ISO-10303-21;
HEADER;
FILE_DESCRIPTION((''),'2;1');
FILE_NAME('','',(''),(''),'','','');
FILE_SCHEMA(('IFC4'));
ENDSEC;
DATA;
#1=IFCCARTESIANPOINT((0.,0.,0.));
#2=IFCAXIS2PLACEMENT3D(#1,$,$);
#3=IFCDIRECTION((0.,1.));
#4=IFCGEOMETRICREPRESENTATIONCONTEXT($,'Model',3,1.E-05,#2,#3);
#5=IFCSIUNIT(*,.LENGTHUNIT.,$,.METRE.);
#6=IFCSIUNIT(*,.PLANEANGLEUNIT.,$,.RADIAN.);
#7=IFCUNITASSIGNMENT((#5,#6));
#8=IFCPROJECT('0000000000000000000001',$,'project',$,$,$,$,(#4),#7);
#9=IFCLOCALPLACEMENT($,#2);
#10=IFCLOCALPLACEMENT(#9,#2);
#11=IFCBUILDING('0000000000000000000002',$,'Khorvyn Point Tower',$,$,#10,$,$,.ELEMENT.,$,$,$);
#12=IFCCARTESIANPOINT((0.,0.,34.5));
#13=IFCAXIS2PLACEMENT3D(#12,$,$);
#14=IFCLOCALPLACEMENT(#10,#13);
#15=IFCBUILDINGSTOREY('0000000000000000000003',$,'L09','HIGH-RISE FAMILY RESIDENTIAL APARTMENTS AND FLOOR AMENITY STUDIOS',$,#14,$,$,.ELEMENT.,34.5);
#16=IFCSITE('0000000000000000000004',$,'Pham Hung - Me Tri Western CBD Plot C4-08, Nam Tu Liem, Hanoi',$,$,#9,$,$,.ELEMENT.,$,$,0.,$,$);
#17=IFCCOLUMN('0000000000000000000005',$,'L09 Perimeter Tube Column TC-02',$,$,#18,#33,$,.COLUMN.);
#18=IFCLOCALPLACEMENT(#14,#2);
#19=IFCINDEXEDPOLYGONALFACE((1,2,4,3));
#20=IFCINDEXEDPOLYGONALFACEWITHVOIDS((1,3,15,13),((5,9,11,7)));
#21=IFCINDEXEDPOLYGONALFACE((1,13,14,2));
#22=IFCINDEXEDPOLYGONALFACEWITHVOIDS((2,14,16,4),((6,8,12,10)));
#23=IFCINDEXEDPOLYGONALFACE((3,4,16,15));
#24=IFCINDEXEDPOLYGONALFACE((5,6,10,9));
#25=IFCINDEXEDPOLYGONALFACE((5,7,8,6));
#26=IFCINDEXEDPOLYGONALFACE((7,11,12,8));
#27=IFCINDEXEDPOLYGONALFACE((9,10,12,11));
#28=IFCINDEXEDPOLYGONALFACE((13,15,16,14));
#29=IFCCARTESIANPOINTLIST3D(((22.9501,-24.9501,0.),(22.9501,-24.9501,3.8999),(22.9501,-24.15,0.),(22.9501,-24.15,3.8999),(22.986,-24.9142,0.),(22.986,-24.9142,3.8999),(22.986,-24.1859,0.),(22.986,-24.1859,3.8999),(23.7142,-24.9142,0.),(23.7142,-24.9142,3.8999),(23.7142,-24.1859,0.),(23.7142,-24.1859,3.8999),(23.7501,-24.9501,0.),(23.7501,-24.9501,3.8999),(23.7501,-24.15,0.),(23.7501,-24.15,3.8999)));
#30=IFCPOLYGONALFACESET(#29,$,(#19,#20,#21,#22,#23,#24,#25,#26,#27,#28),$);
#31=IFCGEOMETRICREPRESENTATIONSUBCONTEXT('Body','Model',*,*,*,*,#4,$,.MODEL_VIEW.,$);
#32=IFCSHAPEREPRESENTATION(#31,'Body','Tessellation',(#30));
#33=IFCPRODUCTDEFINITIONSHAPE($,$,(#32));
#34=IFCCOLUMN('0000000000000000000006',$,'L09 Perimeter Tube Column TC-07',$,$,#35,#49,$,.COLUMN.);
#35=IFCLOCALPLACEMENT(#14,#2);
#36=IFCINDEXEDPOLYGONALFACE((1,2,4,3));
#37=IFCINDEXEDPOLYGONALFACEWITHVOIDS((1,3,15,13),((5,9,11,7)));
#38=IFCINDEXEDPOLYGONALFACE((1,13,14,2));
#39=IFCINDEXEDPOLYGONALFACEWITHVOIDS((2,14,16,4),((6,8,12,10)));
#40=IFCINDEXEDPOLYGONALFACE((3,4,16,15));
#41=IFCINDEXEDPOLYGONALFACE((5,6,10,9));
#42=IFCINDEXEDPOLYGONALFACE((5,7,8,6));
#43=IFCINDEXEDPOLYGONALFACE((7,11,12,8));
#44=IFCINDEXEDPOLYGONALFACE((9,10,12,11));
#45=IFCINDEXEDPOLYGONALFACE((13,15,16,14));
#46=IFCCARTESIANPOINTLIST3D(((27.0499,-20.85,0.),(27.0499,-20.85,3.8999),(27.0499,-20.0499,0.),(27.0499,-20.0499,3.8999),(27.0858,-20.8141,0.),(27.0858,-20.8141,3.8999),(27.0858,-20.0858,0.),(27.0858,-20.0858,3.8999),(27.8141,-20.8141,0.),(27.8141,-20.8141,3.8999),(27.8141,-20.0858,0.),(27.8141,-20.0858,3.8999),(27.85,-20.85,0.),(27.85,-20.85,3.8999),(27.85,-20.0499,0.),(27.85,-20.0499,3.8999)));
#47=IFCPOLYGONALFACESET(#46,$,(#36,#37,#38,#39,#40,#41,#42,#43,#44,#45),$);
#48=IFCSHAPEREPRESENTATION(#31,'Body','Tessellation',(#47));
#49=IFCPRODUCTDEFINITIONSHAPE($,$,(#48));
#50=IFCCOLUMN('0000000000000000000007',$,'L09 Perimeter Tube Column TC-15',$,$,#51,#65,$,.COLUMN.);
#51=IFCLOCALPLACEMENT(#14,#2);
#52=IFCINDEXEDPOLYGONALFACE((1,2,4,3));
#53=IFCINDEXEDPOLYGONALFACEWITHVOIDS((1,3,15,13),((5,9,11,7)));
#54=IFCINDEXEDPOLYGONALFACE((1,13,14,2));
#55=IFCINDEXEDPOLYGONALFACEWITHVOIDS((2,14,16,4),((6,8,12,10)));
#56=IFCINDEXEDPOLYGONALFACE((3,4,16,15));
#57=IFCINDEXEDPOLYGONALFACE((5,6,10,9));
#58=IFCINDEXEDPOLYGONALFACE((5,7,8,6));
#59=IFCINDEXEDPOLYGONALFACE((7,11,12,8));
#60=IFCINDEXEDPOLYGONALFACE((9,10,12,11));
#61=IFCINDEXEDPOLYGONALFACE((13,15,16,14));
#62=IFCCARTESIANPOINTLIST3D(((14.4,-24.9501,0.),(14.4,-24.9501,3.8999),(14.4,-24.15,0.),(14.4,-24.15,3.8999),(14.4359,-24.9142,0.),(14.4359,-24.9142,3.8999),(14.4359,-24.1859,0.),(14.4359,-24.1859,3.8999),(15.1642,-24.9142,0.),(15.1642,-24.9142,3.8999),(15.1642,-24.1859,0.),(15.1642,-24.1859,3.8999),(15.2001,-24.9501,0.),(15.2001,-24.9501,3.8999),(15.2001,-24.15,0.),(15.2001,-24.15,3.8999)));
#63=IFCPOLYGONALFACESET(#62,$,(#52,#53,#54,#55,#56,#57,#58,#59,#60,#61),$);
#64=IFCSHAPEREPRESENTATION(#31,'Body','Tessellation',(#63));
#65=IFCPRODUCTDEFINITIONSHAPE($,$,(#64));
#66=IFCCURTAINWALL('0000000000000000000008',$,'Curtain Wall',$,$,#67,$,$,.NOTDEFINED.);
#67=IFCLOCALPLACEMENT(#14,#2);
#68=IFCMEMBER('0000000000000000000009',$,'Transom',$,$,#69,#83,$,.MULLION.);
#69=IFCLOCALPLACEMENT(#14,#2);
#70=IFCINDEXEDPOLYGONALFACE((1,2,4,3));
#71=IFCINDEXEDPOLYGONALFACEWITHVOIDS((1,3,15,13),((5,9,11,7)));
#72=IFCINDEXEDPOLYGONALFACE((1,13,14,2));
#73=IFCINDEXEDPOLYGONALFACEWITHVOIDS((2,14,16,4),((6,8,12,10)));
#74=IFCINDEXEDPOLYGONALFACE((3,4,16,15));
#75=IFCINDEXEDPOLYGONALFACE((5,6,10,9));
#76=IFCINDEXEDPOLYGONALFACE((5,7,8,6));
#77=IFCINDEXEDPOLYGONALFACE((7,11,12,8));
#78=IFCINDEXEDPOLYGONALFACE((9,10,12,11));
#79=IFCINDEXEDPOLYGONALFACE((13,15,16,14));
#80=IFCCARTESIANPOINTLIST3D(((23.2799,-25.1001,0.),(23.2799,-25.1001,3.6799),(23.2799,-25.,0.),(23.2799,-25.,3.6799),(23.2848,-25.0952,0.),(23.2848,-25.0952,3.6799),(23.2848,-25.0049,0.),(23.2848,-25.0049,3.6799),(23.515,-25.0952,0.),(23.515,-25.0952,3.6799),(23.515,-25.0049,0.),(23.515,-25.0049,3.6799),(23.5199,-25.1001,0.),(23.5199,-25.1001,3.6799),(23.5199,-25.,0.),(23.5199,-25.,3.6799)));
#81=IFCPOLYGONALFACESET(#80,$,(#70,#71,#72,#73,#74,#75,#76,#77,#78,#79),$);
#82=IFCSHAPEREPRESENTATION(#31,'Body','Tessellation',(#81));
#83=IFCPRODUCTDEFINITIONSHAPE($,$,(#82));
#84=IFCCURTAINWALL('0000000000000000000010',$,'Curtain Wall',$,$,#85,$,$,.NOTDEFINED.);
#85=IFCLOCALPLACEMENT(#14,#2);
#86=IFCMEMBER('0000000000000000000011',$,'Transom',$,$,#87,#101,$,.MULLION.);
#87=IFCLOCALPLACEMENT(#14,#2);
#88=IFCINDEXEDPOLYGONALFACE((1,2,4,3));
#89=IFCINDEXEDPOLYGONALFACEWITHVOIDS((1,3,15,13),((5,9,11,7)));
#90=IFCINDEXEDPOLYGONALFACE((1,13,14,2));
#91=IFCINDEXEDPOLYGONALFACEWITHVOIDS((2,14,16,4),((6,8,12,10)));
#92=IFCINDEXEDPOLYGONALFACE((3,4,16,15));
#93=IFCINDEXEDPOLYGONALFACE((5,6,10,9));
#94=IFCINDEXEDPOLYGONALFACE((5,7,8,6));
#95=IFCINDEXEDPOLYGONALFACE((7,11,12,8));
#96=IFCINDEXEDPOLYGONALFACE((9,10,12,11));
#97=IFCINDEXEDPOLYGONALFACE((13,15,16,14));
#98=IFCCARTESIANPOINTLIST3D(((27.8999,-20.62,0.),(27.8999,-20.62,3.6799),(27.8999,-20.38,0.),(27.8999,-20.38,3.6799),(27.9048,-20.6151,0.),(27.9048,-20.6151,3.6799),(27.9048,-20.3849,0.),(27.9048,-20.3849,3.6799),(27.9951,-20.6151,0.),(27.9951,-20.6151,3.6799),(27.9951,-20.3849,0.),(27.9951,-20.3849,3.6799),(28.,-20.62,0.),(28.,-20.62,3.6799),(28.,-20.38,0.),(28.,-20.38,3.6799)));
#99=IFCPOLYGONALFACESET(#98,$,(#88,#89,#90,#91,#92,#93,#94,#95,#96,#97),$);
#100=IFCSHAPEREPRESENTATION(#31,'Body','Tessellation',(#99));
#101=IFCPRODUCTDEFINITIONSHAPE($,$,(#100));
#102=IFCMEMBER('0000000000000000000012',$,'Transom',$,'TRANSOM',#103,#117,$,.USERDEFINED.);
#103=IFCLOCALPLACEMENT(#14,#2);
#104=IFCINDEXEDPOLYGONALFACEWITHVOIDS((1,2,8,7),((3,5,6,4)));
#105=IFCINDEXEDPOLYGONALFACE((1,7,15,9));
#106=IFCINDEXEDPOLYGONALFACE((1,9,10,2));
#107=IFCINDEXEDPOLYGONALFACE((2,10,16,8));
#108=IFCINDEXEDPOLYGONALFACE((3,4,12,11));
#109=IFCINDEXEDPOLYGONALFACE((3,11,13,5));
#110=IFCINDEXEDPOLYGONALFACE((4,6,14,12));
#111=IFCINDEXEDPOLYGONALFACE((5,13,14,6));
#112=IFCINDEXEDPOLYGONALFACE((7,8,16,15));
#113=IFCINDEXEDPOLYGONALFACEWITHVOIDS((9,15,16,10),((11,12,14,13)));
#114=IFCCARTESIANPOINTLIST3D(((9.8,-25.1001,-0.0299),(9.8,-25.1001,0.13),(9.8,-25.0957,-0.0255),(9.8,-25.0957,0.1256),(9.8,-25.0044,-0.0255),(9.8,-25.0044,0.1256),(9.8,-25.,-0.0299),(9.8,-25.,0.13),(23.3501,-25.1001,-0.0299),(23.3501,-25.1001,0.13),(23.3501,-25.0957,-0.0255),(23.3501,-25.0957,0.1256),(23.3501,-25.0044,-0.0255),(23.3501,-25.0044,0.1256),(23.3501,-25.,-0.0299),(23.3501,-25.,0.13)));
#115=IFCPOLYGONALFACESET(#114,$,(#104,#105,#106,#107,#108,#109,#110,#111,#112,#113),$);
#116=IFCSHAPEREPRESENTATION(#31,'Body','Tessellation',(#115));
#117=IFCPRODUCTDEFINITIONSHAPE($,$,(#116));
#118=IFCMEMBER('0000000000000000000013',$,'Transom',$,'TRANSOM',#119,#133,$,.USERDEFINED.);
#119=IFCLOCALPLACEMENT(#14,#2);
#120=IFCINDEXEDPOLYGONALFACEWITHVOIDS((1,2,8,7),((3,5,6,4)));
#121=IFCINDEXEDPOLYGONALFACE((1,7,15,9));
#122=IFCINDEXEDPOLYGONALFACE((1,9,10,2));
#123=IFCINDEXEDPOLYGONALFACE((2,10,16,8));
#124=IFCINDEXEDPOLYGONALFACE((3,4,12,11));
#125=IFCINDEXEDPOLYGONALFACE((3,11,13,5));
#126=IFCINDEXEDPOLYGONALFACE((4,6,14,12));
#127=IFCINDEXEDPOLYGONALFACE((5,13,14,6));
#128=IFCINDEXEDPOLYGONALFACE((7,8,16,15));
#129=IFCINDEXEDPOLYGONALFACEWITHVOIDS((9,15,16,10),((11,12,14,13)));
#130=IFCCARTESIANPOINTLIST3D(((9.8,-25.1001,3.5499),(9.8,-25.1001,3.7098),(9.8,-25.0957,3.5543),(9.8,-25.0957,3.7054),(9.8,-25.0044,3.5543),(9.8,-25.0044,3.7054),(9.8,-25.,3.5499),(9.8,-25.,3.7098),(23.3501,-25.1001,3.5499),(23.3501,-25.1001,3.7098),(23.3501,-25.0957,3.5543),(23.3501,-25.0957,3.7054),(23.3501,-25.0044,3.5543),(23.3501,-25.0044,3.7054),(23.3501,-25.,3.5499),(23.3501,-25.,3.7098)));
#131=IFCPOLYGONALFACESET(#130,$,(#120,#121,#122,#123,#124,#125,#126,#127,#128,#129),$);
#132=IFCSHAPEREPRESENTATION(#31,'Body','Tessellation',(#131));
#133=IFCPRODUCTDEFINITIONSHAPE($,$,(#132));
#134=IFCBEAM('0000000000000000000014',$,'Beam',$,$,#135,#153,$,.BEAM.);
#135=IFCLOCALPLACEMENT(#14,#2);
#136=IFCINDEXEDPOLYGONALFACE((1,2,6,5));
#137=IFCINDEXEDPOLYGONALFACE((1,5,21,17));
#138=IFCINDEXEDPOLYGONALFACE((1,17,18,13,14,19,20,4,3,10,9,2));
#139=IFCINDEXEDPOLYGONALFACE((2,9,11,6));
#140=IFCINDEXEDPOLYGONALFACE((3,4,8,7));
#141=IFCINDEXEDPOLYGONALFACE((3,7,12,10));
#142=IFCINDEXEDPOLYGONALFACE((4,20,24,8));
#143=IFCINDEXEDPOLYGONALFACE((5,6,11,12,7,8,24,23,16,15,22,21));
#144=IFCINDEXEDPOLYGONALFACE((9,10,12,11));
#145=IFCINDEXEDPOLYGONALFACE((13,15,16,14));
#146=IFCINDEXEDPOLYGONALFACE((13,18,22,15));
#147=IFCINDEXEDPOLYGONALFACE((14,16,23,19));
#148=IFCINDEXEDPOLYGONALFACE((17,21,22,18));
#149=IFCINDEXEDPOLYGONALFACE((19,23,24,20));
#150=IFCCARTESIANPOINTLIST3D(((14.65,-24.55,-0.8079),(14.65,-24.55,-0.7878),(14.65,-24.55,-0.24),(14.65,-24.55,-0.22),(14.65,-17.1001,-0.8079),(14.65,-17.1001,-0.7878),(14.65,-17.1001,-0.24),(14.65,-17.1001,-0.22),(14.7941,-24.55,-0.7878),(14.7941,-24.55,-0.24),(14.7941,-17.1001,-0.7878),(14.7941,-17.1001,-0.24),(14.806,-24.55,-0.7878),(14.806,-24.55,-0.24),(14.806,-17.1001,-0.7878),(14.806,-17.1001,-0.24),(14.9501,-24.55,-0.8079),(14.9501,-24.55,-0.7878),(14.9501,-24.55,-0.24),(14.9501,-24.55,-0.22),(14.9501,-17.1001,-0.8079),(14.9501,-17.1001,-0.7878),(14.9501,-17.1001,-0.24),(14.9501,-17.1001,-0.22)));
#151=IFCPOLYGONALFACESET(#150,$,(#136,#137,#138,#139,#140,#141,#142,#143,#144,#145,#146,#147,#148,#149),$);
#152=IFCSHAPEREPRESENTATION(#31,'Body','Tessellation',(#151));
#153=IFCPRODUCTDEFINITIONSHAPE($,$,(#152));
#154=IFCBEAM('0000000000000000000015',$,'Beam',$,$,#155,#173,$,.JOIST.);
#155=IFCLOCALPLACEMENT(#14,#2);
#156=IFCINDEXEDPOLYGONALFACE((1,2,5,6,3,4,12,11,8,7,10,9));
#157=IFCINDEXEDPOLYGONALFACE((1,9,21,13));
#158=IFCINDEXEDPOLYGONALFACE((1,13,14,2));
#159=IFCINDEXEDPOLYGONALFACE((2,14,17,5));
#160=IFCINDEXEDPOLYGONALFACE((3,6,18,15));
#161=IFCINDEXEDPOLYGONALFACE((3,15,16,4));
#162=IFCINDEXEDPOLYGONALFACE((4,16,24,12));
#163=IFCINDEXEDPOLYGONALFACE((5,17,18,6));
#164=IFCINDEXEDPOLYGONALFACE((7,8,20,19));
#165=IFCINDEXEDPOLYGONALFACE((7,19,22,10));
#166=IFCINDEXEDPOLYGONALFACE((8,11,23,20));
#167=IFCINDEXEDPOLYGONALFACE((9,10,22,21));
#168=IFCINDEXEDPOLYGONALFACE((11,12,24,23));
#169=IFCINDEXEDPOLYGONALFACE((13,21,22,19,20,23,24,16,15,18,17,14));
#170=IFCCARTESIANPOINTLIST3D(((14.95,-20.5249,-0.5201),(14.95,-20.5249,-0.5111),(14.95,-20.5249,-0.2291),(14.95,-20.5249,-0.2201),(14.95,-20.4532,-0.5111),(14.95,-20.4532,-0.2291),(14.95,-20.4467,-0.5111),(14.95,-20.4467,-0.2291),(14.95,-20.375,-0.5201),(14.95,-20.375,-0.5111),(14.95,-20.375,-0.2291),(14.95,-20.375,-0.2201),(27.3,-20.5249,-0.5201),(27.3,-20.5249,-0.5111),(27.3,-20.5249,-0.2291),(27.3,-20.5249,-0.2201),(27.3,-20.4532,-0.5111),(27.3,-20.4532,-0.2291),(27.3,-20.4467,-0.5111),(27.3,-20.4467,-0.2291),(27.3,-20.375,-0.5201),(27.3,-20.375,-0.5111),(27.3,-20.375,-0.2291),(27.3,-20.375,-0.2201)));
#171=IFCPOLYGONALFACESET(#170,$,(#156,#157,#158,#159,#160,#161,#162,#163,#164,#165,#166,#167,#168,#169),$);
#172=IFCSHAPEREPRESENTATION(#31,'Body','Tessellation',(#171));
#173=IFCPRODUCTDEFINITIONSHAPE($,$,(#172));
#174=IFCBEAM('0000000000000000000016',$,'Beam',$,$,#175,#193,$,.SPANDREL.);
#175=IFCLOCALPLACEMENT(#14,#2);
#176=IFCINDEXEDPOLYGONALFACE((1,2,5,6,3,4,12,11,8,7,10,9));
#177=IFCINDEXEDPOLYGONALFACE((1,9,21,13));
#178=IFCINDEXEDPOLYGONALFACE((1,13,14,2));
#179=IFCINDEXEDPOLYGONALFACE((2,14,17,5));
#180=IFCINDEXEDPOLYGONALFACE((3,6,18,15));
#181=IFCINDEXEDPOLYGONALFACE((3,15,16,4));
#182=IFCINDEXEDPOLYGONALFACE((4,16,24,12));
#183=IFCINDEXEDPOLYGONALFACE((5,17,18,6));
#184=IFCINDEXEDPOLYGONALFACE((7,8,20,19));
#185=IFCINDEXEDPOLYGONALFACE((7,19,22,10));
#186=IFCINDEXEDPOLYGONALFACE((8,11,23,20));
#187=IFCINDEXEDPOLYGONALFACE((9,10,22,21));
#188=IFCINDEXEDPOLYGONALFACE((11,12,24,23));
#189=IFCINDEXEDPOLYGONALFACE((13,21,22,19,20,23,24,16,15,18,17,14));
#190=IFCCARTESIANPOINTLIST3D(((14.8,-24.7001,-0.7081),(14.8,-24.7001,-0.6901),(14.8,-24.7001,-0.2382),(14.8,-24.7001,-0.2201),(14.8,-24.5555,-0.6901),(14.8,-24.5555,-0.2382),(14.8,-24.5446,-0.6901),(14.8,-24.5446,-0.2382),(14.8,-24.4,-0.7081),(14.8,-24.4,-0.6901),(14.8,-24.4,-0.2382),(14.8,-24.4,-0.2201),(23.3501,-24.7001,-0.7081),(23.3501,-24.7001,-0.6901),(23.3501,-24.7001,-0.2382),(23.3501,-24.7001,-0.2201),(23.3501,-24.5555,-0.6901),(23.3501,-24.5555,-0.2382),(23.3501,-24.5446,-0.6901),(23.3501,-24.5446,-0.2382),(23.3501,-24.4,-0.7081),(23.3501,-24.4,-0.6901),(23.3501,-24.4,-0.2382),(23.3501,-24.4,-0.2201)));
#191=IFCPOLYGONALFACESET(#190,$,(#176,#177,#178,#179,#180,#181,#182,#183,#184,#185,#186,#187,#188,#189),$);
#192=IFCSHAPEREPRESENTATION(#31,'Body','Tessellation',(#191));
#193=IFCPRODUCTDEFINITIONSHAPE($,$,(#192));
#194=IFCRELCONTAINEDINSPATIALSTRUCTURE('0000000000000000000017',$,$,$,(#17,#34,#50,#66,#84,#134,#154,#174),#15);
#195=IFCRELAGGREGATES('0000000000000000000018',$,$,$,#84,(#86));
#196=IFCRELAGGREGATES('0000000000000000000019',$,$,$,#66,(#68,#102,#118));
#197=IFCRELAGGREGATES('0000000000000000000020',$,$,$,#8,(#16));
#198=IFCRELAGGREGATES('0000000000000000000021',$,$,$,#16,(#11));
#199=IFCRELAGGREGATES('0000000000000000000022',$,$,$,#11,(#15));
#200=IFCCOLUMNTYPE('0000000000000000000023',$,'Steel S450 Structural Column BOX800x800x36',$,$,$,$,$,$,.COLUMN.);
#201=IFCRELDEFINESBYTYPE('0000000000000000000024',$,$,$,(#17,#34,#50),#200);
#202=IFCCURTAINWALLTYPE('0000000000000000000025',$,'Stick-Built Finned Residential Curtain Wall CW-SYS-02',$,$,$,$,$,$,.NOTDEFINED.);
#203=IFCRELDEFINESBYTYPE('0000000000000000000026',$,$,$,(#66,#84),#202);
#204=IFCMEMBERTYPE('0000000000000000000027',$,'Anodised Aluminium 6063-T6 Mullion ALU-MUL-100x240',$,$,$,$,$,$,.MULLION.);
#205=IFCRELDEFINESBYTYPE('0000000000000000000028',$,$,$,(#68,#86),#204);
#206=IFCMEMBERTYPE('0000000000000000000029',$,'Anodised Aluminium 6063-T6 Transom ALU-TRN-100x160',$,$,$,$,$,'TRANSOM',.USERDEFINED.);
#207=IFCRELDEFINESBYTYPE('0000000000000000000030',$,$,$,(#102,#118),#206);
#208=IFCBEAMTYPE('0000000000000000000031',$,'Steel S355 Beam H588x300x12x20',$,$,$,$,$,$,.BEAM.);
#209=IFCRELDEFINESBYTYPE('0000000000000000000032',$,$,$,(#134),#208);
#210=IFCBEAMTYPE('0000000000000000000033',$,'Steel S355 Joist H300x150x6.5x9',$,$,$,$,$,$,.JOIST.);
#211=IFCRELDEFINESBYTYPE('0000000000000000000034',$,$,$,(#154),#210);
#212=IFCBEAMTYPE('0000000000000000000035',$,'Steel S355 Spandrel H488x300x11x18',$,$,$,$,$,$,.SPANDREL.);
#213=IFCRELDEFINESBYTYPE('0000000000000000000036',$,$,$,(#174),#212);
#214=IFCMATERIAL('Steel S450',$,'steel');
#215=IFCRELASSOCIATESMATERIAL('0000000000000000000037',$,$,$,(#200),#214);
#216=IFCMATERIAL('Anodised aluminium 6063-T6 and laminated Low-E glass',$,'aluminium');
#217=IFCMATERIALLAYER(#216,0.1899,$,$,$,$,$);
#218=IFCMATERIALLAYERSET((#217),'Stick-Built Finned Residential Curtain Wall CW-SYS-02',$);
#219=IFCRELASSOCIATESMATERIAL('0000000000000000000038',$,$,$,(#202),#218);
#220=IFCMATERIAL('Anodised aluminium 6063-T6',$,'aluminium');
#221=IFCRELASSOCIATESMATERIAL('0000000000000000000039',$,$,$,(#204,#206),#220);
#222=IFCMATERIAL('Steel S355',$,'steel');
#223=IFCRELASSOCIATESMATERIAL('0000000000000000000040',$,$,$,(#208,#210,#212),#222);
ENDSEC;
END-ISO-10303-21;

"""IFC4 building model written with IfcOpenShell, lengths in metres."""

from ifc_helpers import new_model, si_unit, direction, frame, origin, origin_2d, place, context, subcontext, project, spatial, hollow_rectangle, i_section, extrude, material, layer, layer_set, material_profile, profile_set, type_object, element, aggregate, save


model = new_model("IFC4")

# Units and contexts
model_context = context("Model", 3, precision=1e-05, world=origin(), true_north=direction((0.0, 1.0)))
body_context = subcontext(model_context, "Body", "Model", "MODEL_VIEW")
ifc_project = project(units=[si_unit("LENGTHUNIT", "METRE"), si_unit("PLANEANGLEUNIT", "RADIAN")], contexts=[model_context])

# Site, building, storey
site_placement = place(None, origin())
site = spatial("IfcSite", under=ifc_project, at=site_placement, Name="Pham Hung - Me Tri Western CBD Plot C4-08, Nam Tu Liem, Hanoi", CompositionType="ELEMENT", RefElevation=0.0)
building_placement = place(site_placement, origin())
building = spatial("IfcBuilding", under=site, at=building_placement, Name="Khorvyn Point Tower", CompositionType="ELEMENT")
storey_placement = place(building_placement, frame((0.0, 0.0, 34.5)))
storey = spatial("IfcBuildingStorey", under=building, at=storey_placement, Name="L09", Description="HIGH-RISE FAMILY RESIDENTIAL APARTMENTS AND FLOOR AMENITY STUDIOS", CompositionType="ELEMENT", Elevation=34.5)

# Columns
ifc_material_1 = material(Name="Steel S450", Category="steel")
ifc_material_profile_1 = material_profile(ifc_material_1, hollow_rectangle(XDim=0.8, YDim=0.8, WallThickness=0.0359, at=origin_2d()))
ifc_profile_set_1 = profile_set([ifc_material_profile_1], Name="Steel S450 BOX800x800x36")
column_type = type_object("IfcColumnType", Name="Steel S450 Structural Column BOX800x800x36", PredefinedType="COLUMN", material=ifc_profile_set_1)
for number, where, z_axis, x_axis, name in (
    (1, (23.3501, -24.55, 0.0), (0.0, 0.0, 1.0), (1.0, 0.0, 0.0), "L09 Perimeter Tube Column TC-02"),
    (2, (27.45, -20.45, 0.0), (0.0, 0.0, 1.0), (1.0, 0.0, 0.0), "L09 Perimeter Tube Column TC-07"),
    (3, (14.8, -24.55, 0.0), (0.0, 0.0, 1.0), (1.0, 0.0, 0.0), "L09 Perimeter Tube Column TC-15"),
):
    element("IfcColumn", number, at=place(storey_placement, frame(where, z_axis=z_axis, x_axis=x_axis)), inside=storey, type_object=column_type, Name=name, PredefinedType="COLUMN", context=body_context, shape_type="SweptSolid", body=[
        extrude(hollow_rectangle(XDim=0.8, YDim=0.8, WallThickness=0.0359, at=origin_2d()), origin(), (0.0, 0.0, 1.0), 3.8999),
    ])

# Curtain walls, members
ifc_material_2 = material(Name="Anodised aluminium 6063-T6 and laminated Low-E glass", Category="aluminium")
ifc_layer_1 = layer(ifc_material_2, 0.1899)
ifc_layer_set_1 = layer_set([ifc_layer_1], Name="Stick-Built Finned Residential Curtain Wall CW-SYS-02")
curtain_wall_type = type_object("IfcCurtainWallType", Name="Stick-Built Finned Residential Curtain Wall CW-SYS-02", PredefinedType="NOTDEFINED", material=ifc_layer_set_1)
curtain_wall_1_placement = place(storey_placement, origin())
curtain_wall_1 = element("IfcCurtainWall", 4, at=curtain_wall_1_placement, inside=storey, type_object=curtain_wall_type, Name="Curtain Wall", PredefinedType="NOTDEFINED")
ifc_material_3 = material(Name="Anodised aluminium 6063-T6", Category="aluminium")
ifc_material_profile_2 = material_profile(ifc_material_3, hollow_rectangle(XDim=0.1001, YDim=0.24, WallThickness=0.0049, at=origin_2d()))
ifc_profile_set_2 = profile_set([ifc_material_profile_2], Name="Anodised aluminium 6063-T6 ALU-MUL-100x240")
member_type_1 = type_object("IfcMemberType", Name="Anodised Aluminium 6063-T6 Mullion ALU-MUL-100x240", PredefinedType="MULLION", material=ifc_profile_set_2)
member_1_placement = place(storey_placement, frame((23.3999, -25.05, 0.0), z_axis=(0.0, 0.0, 1.0), x_axis=(0.0, -1.0, 0.0)))
member_1 = element("IfcMember", 5, at=member_1_placement, type_object=member_type_1, Name="Transom", PredefinedType="MULLION", context=body_context, shape_type="SweptSolid", body=[
    extrude(hollow_rectangle(XDim=0.1001, YDim=0.24, WallThickness=0.0049, at=origin_2d()), origin(), (0.0, 0.0, 1.0), 3.6799),
])
curtain_wall_2_placement = place(storey_placement, origin())
curtain_wall_2 = element("IfcCurtainWall", 6, at=curtain_wall_2_placement, inside=storey, type_object=curtain_wall_type, Name="Curtain Wall", PredefinedType="NOTDEFINED")
member_2_placement = place(storey_placement, frame((27.95, -20.5, 0.0), z_axis=(0.0, 0.0, 1.0), x_axis=(1.0, 0.0, 0.0)))
member_2 = element("IfcMember", 7, at=member_2_placement, type_object=member_type_1, Name="Transom", PredefinedType="MULLION", context=body_context, shape_type="SweptSolid", body=[
    extrude(hollow_rectangle(XDim=0.1001, YDim=0.24, WallThickness=0.0049, at=origin_2d()), origin(), (0.0, 0.0, 1.0), 3.6799),
])
aggregate(curtain_wall_2, [member_2])

# Members
ifc_material_profile_3 = material_profile(ifc_material_3, hollow_rectangle(XDim=0.1001, YDim=0.1599, WallThickness=0.0044, at=origin_2d()))
ifc_profile_set_3 = profile_set([ifc_material_profile_3], Name="Anodised aluminium 6063-T6 ALU-TRN-100x160")
member_type_2 = type_object("IfcMemberType", Name="Anodised Aluminium 6063-T6 Transom ALU-TRN-100x160", ElementType="TRANSOM", PredefinedType="USERDEFINED", material=ifc_profile_set_3)
member_3_placement = place(storey_placement, frame((23.3501, -25.05, 0.05), z_axis=(-1.0, 0.0, 0.0), x_axis=(0.0, -1.0, 0.0)))
member_3 = element("IfcMember", 8, at=member_3_placement, type_object=member_type_2, Name="Transom", ObjectType="TRANSOM", PredefinedType="USERDEFINED", context=body_context, shape_type="SweptSolid", body=[
    extrude(hollow_rectangle(XDim=0.1001, YDim=0.1599, WallThickness=0.0044, at=origin_2d()), origin(), (0.0, 0.0, 1.0), 13.55),
])
member_4_placement = place(storey_placement, frame((23.3501, -25.05, 3.6299), z_axis=(-1.0, 0.0, 0.0), x_axis=(0.0, -1.0, 0.0)))
member_4 = element("IfcMember", 9, at=member_4_placement, type_object=member_type_2, Name="Transom", ObjectType="TRANSOM", PredefinedType="USERDEFINED", context=body_context, shape_type="SweptSolid", body=[
    extrude(hollow_rectangle(XDim=0.1001, YDim=0.1599, WallThickness=0.0044, at=origin_2d()), origin(), (0.0, 0.0, 1.0), 13.55),
])

# Beams
ifc_material_4 = material(Name="Steel S355", Category="steel")
ifc_material_profile_4 = material_profile(ifc_material_4, i_section(OverallWidth=0.3, OverallDepth=0.5879, WebThickness=0.012, FlangeThickness=0.02, at=origin_2d()))
ifc_profile_set_4 = profile_set([ifc_material_profile_4], Name="Steel S355 H588x300x12x20")
beam_type_1 = type_object("IfcBeamType", Name="Steel S355 Beam H588x300x12x20", PredefinedType="BEAM", material=ifc_profile_set_4)
beam_1_placement = place(storey_placement, frame((14.8, -24.55, -0.5139), z_axis=(0.0, 1.0, 0.0), x_axis=(-1.0, 0.0, 0.0)))
element("IfcBeam", 10, at=beam_1_placement, inside=storey, type_object=beam_type_1, Name="Beam", PredefinedType="BEAM", context=body_context, shape_type="SweptSolid", body=[
    extrude(i_section(OverallWidth=0.3, OverallDepth=0.5879, WebThickness=0.012, FlangeThickness=0.02, at=origin_2d()), origin(), (0.0, 0.0, 1.0), 7.45),
])
ifc_material_profile_5 = material_profile(ifc_material_4, i_section(OverallWidth=0.1499, OverallDepth=0.3, WebThickness=0.0066, FlangeThickness=0.009, at=origin_2d()))
ifc_profile_set_5 = profile_set([ifc_material_profile_5], Name="Steel S355 H300x150x6.5x9")
beam_type_2 = type_object("IfcBeamType", Name="Steel S355 Joist H300x150x6.5x9", PredefinedType="JOIST", material=ifc_profile_set_5)
beam_2_placement = place(storey_placement, frame((14.95, -20.45, -0.3701), z_axis=(1.0, 0.0, 0.0), x_axis=(0.0, 1.0, 0.0)))
element("IfcBeam", 11, at=beam_2_placement, inside=storey, type_object=beam_type_2, Name="Beam", PredefinedType="JOIST", context=body_context, shape_type="SweptSolid", body=[
    extrude(i_section(OverallWidth=0.1499, OverallDepth=0.3, WebThickness=0.0066, FlangeThickness=0.009, at=origin_2d()), origin(), (0.0, 0.0, 1.0), 12.3501),
])
ifc_material_profile_6 = material_profile(ifc_material_4, i_section(OverallWidth=0.3, OverallDepth=0.488, WebThickness=0.011, FlangeThickness=0.0181, at=origin_2d()))
ifc_profile_set_6 = profile_set([ifc_material_profile_6], Name="Steel S355 H488x300x11x18")
beam_type_3 = type_object("IfcBeamType", Name="Steel S355 Spandrel H488x300x11x18", PredefinedType="SPANDREL", material=ifc_profile_set_6)
beam_3_placement = place(storey_placement, frame((14.8, -24.55, -0.4641), z_axis=(1.0, 0.0, 0.0), x_axis=(0.0, 1.0, 0.0)))
element("IfcBeam", 12, at=beam_3_placement, inside=storey, type_object=beam_type_3, Name="Beam", PredefinedType="SPANDREL", context=body_context, shape_type="SweptSolid", body=[
    extrude(i_section(OverallWidth=0.3, OverallDepth=0.488, WebThickness=0.011, FlangeThickness=0.0181, at=origin_2d()), origin(), (0.0, 0.0, 1.0), 8.55),
])

aggregate(curtain_wall_1, [member_1, member_3, member_4])

save(model, "model.ifc")
